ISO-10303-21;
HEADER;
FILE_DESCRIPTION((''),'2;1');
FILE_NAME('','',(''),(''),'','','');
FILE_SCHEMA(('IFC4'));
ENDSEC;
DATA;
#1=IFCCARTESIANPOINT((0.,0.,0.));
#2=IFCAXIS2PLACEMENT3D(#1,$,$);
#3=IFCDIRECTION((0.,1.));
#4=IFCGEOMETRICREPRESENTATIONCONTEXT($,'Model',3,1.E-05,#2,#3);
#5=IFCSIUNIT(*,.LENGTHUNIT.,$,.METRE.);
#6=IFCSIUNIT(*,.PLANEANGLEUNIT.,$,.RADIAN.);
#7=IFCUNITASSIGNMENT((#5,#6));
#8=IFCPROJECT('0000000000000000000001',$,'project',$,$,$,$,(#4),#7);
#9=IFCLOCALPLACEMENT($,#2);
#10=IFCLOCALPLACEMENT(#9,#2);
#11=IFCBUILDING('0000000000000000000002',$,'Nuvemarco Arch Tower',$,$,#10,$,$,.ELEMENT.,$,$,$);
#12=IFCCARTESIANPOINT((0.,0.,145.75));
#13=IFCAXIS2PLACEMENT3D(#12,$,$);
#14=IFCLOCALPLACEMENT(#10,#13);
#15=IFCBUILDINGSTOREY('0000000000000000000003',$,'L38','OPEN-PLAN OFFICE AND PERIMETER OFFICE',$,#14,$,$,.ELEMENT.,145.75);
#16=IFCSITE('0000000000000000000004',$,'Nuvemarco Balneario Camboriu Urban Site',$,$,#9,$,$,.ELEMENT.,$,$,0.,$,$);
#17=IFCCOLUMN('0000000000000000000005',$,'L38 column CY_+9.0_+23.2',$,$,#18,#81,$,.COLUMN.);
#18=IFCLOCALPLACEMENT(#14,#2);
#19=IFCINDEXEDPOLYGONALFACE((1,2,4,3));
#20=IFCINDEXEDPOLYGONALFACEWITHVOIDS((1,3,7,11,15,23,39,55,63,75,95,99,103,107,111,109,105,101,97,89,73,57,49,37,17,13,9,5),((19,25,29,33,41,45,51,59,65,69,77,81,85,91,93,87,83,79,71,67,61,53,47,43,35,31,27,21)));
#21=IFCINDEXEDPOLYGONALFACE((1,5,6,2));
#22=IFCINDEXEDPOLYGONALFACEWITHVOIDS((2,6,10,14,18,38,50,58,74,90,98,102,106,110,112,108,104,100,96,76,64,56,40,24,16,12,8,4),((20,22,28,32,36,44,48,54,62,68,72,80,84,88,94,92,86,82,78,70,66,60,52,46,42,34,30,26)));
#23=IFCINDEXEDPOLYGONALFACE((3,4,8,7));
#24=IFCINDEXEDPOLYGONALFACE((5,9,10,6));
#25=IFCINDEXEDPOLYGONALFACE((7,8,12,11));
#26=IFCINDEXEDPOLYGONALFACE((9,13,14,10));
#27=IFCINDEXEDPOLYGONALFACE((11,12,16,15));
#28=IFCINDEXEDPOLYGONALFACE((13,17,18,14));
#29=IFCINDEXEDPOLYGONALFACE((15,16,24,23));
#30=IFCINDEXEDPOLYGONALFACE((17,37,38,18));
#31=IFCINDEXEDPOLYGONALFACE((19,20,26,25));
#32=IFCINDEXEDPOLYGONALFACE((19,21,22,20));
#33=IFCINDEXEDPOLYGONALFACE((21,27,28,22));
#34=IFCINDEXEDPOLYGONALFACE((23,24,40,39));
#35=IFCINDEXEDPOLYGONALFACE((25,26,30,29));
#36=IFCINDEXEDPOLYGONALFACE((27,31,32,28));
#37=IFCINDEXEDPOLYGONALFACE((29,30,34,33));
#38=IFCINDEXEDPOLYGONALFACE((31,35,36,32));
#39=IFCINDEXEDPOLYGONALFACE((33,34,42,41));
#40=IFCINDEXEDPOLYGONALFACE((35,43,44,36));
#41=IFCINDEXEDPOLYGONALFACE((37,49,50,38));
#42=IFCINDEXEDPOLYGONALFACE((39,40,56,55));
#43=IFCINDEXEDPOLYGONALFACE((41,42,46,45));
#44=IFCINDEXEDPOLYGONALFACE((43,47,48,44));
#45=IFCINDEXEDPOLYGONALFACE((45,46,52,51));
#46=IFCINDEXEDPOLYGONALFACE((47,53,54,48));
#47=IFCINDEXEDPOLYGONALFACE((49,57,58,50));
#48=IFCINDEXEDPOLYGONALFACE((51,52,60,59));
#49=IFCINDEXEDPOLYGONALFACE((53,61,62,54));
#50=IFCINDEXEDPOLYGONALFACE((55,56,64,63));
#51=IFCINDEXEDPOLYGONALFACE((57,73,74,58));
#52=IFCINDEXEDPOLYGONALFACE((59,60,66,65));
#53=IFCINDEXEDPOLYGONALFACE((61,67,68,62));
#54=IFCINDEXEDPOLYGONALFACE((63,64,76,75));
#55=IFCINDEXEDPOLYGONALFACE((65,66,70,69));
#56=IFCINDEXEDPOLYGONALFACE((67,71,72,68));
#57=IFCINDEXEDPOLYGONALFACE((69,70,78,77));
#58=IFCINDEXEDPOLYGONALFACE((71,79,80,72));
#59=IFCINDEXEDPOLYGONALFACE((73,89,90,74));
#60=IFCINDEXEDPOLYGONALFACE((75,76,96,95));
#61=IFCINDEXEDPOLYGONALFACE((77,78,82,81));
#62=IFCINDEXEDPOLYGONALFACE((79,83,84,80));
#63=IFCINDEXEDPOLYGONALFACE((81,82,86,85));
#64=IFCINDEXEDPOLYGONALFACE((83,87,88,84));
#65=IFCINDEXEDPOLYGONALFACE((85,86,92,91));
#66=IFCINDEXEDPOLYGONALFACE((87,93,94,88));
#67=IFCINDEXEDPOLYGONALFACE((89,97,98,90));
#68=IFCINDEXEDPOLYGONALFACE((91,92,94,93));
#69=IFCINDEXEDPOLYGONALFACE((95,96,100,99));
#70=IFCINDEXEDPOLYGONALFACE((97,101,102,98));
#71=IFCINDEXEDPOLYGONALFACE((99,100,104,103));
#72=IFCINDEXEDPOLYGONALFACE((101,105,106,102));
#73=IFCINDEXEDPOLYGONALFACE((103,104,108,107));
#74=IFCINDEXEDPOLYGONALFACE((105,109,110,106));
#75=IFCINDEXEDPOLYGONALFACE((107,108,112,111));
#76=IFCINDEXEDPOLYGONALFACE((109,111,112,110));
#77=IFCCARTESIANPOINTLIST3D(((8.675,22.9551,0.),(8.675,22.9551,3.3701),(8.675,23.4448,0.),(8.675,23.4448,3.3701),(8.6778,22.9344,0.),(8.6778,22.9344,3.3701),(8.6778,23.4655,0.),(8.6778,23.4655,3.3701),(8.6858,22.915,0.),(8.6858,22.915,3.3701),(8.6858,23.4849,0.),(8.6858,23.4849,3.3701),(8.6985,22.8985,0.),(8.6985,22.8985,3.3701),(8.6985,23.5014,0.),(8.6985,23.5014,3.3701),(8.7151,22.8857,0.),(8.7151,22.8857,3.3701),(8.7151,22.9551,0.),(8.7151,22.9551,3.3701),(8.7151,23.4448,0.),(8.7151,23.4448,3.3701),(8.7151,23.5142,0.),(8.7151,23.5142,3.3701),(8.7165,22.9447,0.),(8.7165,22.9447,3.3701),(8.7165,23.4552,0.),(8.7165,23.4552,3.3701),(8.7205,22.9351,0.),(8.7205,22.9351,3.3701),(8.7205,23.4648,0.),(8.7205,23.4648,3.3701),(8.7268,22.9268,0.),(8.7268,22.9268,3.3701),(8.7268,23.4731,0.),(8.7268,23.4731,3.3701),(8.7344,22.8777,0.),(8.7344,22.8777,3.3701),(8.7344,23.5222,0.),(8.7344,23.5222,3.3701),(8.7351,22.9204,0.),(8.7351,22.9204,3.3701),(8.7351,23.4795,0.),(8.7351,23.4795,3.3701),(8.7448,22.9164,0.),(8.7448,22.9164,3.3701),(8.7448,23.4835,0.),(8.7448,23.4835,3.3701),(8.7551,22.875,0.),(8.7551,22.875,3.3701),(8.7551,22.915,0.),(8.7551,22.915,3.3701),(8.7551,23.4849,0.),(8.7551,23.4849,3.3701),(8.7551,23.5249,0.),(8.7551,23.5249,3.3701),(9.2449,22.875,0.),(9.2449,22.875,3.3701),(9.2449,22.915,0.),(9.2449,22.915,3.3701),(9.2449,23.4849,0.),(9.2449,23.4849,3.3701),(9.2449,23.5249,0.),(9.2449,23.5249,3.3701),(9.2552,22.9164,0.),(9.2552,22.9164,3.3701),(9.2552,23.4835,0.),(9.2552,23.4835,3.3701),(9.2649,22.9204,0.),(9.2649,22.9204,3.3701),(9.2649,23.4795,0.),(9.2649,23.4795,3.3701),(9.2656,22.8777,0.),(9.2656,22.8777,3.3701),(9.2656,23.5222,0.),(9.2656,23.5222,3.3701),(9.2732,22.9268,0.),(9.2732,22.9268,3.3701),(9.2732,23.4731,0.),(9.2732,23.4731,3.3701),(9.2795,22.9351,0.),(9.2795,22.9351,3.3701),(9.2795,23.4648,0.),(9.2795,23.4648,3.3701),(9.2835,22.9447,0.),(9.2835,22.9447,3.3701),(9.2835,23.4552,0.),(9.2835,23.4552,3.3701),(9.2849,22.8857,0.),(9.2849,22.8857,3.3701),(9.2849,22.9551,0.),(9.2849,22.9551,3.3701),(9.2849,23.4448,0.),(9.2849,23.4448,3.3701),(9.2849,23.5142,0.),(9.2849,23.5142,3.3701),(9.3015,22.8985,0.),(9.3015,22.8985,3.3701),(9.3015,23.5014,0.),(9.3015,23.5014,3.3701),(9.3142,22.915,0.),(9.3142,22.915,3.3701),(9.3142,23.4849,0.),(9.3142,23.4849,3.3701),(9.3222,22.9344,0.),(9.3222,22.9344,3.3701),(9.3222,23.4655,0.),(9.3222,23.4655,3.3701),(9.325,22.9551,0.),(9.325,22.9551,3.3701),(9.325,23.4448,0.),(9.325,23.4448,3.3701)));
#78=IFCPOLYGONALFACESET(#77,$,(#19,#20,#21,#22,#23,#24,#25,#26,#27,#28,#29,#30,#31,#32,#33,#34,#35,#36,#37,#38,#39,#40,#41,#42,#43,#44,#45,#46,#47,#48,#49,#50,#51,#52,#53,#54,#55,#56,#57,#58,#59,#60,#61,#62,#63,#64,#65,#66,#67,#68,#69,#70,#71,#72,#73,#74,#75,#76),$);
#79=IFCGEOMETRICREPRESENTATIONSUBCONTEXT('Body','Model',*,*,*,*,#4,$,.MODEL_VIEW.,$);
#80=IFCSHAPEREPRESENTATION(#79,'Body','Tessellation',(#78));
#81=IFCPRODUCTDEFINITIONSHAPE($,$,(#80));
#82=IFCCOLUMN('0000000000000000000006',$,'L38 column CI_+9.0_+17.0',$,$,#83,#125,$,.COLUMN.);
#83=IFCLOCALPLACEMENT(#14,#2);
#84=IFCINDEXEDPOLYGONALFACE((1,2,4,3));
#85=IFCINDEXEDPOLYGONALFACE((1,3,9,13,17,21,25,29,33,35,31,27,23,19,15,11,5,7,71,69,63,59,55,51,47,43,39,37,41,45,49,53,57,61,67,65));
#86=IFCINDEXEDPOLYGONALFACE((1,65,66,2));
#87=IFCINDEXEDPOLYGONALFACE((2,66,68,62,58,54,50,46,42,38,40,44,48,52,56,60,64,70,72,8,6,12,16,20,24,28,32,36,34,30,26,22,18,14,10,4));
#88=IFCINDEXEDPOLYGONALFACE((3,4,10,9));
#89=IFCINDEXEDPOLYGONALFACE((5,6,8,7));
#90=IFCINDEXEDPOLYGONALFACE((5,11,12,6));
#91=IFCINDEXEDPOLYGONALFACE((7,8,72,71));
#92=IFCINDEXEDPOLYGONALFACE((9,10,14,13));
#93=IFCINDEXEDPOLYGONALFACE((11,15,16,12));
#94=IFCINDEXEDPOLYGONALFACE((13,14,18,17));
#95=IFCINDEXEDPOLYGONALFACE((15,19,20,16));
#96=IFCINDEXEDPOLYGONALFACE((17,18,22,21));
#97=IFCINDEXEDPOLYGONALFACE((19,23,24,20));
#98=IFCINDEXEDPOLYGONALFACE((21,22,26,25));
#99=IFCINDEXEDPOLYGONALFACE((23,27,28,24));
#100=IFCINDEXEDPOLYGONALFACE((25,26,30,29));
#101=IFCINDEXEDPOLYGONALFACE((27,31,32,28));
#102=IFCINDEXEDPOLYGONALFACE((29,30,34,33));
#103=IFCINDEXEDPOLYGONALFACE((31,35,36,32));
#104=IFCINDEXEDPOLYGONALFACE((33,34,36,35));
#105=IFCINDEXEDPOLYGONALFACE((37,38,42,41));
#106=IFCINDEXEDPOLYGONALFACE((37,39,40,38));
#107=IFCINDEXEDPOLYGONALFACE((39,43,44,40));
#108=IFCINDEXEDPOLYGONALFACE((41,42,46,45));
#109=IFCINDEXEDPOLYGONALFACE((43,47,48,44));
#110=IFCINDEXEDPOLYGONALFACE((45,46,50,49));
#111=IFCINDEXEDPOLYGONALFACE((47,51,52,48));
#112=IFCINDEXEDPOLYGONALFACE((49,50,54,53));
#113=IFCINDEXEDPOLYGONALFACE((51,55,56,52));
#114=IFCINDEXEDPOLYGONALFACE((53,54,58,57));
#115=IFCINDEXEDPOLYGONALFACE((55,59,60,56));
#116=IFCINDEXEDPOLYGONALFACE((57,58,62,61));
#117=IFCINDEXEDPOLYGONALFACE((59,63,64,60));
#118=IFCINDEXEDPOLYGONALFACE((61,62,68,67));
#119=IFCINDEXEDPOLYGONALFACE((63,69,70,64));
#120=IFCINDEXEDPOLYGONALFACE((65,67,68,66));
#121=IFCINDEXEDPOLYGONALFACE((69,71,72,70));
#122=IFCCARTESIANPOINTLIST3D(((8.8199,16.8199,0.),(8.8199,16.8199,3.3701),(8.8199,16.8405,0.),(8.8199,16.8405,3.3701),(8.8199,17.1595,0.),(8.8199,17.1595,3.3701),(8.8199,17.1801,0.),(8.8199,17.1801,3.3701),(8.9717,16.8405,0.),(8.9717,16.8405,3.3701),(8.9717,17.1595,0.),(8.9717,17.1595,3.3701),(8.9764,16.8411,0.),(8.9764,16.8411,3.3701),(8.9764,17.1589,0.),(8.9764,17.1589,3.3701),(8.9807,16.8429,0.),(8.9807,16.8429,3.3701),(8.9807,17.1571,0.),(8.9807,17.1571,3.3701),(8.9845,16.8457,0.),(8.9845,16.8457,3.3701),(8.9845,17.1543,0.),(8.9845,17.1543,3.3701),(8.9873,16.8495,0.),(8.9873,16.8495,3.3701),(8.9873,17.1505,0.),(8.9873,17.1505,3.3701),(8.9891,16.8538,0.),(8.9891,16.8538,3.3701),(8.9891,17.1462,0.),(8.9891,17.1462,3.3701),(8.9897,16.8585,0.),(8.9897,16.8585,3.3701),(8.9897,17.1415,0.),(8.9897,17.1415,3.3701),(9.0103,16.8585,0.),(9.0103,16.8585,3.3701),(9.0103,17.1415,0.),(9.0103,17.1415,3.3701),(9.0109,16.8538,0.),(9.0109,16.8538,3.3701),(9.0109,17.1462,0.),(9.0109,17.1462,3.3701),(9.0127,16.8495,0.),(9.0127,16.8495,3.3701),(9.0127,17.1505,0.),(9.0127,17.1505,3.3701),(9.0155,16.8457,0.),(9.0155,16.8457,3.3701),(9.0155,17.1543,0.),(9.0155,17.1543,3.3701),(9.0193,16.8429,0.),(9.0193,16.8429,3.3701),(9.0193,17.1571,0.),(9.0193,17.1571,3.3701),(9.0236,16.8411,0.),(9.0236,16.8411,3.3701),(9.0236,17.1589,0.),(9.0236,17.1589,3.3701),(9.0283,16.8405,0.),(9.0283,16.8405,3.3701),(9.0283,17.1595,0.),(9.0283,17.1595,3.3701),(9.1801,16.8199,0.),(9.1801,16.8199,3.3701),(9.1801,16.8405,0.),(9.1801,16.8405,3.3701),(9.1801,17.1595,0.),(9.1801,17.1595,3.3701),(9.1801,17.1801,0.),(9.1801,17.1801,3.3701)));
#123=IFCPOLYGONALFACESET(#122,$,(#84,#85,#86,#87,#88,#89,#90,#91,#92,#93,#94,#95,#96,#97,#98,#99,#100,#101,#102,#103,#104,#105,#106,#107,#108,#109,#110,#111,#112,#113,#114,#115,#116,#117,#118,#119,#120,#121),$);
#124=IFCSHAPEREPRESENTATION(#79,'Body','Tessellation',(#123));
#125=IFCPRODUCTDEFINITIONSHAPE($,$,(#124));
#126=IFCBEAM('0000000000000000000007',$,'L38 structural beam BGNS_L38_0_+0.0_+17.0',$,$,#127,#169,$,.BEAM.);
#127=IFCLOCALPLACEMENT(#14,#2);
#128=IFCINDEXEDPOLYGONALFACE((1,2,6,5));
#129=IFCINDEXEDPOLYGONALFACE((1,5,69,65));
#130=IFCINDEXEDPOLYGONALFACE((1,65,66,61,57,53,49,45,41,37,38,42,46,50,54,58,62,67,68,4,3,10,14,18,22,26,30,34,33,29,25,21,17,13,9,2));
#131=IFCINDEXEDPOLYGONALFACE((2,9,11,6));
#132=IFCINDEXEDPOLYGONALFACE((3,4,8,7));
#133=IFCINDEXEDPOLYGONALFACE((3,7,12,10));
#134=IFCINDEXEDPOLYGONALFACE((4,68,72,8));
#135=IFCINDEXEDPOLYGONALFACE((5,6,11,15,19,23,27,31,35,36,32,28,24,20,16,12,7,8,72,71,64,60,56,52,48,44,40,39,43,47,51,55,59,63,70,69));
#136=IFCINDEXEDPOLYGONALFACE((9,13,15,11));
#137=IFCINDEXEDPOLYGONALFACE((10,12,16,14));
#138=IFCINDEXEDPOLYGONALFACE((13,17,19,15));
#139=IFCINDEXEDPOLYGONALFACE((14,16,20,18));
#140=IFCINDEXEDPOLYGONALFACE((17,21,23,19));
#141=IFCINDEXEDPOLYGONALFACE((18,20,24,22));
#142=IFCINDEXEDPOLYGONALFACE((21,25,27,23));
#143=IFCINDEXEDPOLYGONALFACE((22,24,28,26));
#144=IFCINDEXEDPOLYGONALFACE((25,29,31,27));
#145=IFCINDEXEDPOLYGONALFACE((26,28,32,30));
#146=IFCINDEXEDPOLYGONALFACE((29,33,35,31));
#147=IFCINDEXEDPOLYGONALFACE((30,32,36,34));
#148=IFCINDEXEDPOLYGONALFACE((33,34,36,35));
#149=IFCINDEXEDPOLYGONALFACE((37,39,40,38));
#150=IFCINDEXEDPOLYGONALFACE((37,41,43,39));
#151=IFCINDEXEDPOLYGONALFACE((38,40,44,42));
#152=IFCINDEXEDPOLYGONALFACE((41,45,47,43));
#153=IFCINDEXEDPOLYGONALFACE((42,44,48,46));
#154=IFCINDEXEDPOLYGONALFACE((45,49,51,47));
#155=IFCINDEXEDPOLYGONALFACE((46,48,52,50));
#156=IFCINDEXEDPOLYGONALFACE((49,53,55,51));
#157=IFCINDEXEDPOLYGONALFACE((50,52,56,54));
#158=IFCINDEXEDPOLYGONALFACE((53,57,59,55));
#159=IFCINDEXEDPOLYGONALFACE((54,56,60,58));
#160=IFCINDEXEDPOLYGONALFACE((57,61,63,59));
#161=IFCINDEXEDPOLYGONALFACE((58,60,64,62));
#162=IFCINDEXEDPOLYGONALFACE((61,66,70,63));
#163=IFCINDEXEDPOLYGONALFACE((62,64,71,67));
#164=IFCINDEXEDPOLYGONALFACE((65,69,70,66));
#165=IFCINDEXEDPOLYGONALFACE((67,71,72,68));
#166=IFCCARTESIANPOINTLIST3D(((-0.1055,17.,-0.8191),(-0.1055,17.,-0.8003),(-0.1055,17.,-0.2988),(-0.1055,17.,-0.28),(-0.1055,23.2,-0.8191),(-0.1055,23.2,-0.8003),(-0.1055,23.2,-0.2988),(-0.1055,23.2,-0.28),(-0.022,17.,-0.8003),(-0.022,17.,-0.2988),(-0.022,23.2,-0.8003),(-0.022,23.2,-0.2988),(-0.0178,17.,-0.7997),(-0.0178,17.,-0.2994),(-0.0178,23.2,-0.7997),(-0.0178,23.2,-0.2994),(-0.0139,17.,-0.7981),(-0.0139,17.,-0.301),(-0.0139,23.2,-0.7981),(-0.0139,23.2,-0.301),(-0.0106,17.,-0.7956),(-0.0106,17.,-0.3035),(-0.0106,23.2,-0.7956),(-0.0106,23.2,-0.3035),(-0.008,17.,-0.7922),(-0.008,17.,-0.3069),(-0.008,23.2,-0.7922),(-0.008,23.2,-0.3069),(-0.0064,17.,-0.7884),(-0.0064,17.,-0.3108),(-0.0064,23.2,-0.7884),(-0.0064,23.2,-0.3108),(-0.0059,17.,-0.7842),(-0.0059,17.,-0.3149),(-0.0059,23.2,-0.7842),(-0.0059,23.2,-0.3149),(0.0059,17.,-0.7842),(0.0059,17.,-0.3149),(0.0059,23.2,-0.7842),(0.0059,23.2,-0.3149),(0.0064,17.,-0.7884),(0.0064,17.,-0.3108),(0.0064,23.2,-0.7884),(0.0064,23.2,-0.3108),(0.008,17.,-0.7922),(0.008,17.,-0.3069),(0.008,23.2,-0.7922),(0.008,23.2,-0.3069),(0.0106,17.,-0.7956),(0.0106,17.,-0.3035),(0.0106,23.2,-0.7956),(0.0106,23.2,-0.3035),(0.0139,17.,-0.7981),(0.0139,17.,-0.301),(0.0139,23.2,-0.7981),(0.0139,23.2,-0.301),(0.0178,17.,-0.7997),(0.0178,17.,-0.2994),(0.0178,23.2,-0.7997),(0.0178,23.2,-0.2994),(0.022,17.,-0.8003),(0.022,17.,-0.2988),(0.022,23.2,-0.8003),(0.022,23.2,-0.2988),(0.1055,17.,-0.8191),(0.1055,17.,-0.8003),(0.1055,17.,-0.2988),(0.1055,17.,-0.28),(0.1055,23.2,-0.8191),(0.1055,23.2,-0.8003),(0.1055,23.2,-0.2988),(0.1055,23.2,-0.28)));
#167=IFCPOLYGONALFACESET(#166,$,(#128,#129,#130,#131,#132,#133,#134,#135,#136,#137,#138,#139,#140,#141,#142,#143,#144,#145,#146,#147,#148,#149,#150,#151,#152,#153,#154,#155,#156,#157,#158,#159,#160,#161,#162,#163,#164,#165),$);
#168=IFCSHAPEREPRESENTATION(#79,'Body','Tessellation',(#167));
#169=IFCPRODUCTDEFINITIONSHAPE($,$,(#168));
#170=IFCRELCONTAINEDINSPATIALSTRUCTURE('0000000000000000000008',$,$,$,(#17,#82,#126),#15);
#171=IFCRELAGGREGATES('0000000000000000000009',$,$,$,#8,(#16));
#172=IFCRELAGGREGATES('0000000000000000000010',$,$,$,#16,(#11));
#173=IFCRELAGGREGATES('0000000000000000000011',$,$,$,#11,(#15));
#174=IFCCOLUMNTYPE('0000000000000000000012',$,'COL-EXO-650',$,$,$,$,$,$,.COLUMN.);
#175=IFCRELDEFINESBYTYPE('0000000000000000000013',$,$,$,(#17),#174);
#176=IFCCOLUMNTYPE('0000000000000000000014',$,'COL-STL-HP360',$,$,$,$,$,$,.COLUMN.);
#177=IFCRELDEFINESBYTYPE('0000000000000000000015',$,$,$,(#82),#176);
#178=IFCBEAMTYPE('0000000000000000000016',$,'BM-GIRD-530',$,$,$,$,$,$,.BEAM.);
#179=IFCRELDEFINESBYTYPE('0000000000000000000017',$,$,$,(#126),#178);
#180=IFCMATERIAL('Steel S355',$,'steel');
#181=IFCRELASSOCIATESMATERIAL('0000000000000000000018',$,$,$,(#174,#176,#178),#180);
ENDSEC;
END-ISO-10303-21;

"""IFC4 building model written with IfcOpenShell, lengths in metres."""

from ifc_helpers import new_model, si_unit, direction, frame, origin, origin_2d, place, context, subcontext, project, spatial, hollow_rectangle, i_section, extrude, material, material_profile, profile_set, type_object, element, save


model = new_model("IFC4")

# Units and contexts
model_context = context("Model", 3, precision=1e-05, world=origin(), true_north=direction((0.0, 1.0)))
body_context = subcontext(model_context, "Body", "Model", "MODEL_VIEW")
ifc_project = project(units=[si_unit("LENGTHUNIT", "METRE"), si_unit("PLANEANGLEUNIT", "RADIAN")], contexts=[model_context])

# Site, building, storey
site_placement = place(None, origin())
site = spatial("IfcSite", under=ifc_project, at=site_placement, Name="Nuvemarco Balneario Camboriu Urban Site", CompositionType="ELEMENT", RefElevation=0.0)
building_placement = place(site_placement, origin())
building = spatial("IfcBuilding", under=site, at=building_placement, Name="Nuvemarco Arch Tower", CompositionType="ELEMENT")
storey_placement = place(building_placement, frame((0.0, 0.0, 145.75)))
storey = spatial("IfcBuildingStorey", under=building, at=storey_placement, Name="L38", Description="OPEN-PLAN OFFICE AND PERIMETER OFFICE", CompositionType="ELEMENT", Elevation=145.75)

# Columns
ifc_material_1 = material(Name="Steel S355", Category="steel")
ifc_material_profile_1 = material_profile(ifc_material_1, hollow_rectangle(XDim=0.6499, YDim=0.6499, WallThickness=0.04, InnerFilletRadius=0.04, OuterFilletRadius=0.0801, at=origin_2d()), Name="SHS650x650x40")
ifc_profile_set_1 = profile_set([ifc_material_profile_1], Name="Steel S355")
column_type_1 = type_object("IfcColumnType", Name="COL-EXO-650", PredefinedType="COLUMN", material=ifc_profile_set_1)
column_1_placement = place(storey_placement, frame((9.0, 23.2, 0.0), z_axis=(0.0, 0.0, 1.0), x_axis=(1.0, 0.0, 0.0)))
element("IfcColumn", 1, at=column_1_placement, inside=storey, type_object=column_type_1, Name="L38 column CY_+9.0_+23.2", PredefinedType="COLUMN", context=body_context, shape_type="SweptSolid", body=[
    extrude(hollow_rectangle(XDim=0.6499, YDim=0.6499, WallThickness=0.04, InnerFilletRadius=0.04, OuterFilletRadius=0.0801, at=origin_2d()), origin(), (0.0, 0.0, 1.0), 3.3701),
])
ifc_material_profile_2 = material_profile(ifc_material_1, i_section(OverallWidth=0.3601, OverallDepth=0.3601, WebThickness=0.0205, FlangeThickness=0.0205, FilletRadius=0.0181, at=origin_2d()), Name="HP360x174")
ifc_profile_set_2 = profile_set([ifc_material_profile_2], Name="Steel S355")
column_type_2 = type_object("IfcColumnType", Name="COL-STL-HP360", PredefinedType="COLUMN", material=ifc_profile_set_2)
column_2_placement = place(storey_placement, frame((9.0, 17.0, 0.0), z_axis=(0.0, 0.0, 1.0), x_axis=(1.0, 0.0, 0.0)))
element("IfcColumn", 2, at=column_2_placement, inside=storey, type_object=column_type_2, Name="L38 column CI_+9.0_+17.0", PredefinedType="COLUMN", context=body_context, shape_type="SweptSolid", body=[
    extrude(i_section(OverallWidth=0.3601, OverallDepth=0.3601, WebThickness=0.0205, FlangeThickness=0.0205, FilletRadius=0.0181, at=origin_2d()), origin(), (0.0, 0.0, 1.0), 3.3701),
])

# Beam
ifc_material_profile_3 = material_profile(ifc_material_1, i_section(OverallWidth=0.2109, OverallDepth=0.5391, WebThickness=0.0117, FlangeThickness=0.0188, FilletRadius=0.0161, at=origin_2d()), Name="W530x109")
ifc_profile_set_3 = profile_set([ifc_material_profile_3], Name="Steel S355")
beam_type_1 = type_object("IfcBeamType", Name="BM-GIRD-530", PredefinedType="BEAM", material=ifc_profile_set_3)
for number, where, z_axis, x_axis, name in (
    (3, (0.0, 17.0, -0.5496), (0.0, 1.0, 0.0), (-1.0, 0.0, 0.0), "L38 structural beam BGNS_L38_0_+0.0_+17.0"),
):
    element("IfcBeam", number, at=place(storey_placement, frame(where, z_axis=z_axis, x_axis=x_axis)), inside=storey, type_object=beam_type_1, Name=name, PredefinedType="BEAM", context=body_context, shape_type="SweptSolid", body=[
        extrude(i_section(OverallWidth=0.2109, OverallDepth=0.5391, WebThickness=0.0117, FlangeThickness=0.0188, FilletRadius=0.0161, at=origin_2d()), origin(), (0.0, 0.0, 1.0), 6.2),
    ])

save(model, "model.ifc")
